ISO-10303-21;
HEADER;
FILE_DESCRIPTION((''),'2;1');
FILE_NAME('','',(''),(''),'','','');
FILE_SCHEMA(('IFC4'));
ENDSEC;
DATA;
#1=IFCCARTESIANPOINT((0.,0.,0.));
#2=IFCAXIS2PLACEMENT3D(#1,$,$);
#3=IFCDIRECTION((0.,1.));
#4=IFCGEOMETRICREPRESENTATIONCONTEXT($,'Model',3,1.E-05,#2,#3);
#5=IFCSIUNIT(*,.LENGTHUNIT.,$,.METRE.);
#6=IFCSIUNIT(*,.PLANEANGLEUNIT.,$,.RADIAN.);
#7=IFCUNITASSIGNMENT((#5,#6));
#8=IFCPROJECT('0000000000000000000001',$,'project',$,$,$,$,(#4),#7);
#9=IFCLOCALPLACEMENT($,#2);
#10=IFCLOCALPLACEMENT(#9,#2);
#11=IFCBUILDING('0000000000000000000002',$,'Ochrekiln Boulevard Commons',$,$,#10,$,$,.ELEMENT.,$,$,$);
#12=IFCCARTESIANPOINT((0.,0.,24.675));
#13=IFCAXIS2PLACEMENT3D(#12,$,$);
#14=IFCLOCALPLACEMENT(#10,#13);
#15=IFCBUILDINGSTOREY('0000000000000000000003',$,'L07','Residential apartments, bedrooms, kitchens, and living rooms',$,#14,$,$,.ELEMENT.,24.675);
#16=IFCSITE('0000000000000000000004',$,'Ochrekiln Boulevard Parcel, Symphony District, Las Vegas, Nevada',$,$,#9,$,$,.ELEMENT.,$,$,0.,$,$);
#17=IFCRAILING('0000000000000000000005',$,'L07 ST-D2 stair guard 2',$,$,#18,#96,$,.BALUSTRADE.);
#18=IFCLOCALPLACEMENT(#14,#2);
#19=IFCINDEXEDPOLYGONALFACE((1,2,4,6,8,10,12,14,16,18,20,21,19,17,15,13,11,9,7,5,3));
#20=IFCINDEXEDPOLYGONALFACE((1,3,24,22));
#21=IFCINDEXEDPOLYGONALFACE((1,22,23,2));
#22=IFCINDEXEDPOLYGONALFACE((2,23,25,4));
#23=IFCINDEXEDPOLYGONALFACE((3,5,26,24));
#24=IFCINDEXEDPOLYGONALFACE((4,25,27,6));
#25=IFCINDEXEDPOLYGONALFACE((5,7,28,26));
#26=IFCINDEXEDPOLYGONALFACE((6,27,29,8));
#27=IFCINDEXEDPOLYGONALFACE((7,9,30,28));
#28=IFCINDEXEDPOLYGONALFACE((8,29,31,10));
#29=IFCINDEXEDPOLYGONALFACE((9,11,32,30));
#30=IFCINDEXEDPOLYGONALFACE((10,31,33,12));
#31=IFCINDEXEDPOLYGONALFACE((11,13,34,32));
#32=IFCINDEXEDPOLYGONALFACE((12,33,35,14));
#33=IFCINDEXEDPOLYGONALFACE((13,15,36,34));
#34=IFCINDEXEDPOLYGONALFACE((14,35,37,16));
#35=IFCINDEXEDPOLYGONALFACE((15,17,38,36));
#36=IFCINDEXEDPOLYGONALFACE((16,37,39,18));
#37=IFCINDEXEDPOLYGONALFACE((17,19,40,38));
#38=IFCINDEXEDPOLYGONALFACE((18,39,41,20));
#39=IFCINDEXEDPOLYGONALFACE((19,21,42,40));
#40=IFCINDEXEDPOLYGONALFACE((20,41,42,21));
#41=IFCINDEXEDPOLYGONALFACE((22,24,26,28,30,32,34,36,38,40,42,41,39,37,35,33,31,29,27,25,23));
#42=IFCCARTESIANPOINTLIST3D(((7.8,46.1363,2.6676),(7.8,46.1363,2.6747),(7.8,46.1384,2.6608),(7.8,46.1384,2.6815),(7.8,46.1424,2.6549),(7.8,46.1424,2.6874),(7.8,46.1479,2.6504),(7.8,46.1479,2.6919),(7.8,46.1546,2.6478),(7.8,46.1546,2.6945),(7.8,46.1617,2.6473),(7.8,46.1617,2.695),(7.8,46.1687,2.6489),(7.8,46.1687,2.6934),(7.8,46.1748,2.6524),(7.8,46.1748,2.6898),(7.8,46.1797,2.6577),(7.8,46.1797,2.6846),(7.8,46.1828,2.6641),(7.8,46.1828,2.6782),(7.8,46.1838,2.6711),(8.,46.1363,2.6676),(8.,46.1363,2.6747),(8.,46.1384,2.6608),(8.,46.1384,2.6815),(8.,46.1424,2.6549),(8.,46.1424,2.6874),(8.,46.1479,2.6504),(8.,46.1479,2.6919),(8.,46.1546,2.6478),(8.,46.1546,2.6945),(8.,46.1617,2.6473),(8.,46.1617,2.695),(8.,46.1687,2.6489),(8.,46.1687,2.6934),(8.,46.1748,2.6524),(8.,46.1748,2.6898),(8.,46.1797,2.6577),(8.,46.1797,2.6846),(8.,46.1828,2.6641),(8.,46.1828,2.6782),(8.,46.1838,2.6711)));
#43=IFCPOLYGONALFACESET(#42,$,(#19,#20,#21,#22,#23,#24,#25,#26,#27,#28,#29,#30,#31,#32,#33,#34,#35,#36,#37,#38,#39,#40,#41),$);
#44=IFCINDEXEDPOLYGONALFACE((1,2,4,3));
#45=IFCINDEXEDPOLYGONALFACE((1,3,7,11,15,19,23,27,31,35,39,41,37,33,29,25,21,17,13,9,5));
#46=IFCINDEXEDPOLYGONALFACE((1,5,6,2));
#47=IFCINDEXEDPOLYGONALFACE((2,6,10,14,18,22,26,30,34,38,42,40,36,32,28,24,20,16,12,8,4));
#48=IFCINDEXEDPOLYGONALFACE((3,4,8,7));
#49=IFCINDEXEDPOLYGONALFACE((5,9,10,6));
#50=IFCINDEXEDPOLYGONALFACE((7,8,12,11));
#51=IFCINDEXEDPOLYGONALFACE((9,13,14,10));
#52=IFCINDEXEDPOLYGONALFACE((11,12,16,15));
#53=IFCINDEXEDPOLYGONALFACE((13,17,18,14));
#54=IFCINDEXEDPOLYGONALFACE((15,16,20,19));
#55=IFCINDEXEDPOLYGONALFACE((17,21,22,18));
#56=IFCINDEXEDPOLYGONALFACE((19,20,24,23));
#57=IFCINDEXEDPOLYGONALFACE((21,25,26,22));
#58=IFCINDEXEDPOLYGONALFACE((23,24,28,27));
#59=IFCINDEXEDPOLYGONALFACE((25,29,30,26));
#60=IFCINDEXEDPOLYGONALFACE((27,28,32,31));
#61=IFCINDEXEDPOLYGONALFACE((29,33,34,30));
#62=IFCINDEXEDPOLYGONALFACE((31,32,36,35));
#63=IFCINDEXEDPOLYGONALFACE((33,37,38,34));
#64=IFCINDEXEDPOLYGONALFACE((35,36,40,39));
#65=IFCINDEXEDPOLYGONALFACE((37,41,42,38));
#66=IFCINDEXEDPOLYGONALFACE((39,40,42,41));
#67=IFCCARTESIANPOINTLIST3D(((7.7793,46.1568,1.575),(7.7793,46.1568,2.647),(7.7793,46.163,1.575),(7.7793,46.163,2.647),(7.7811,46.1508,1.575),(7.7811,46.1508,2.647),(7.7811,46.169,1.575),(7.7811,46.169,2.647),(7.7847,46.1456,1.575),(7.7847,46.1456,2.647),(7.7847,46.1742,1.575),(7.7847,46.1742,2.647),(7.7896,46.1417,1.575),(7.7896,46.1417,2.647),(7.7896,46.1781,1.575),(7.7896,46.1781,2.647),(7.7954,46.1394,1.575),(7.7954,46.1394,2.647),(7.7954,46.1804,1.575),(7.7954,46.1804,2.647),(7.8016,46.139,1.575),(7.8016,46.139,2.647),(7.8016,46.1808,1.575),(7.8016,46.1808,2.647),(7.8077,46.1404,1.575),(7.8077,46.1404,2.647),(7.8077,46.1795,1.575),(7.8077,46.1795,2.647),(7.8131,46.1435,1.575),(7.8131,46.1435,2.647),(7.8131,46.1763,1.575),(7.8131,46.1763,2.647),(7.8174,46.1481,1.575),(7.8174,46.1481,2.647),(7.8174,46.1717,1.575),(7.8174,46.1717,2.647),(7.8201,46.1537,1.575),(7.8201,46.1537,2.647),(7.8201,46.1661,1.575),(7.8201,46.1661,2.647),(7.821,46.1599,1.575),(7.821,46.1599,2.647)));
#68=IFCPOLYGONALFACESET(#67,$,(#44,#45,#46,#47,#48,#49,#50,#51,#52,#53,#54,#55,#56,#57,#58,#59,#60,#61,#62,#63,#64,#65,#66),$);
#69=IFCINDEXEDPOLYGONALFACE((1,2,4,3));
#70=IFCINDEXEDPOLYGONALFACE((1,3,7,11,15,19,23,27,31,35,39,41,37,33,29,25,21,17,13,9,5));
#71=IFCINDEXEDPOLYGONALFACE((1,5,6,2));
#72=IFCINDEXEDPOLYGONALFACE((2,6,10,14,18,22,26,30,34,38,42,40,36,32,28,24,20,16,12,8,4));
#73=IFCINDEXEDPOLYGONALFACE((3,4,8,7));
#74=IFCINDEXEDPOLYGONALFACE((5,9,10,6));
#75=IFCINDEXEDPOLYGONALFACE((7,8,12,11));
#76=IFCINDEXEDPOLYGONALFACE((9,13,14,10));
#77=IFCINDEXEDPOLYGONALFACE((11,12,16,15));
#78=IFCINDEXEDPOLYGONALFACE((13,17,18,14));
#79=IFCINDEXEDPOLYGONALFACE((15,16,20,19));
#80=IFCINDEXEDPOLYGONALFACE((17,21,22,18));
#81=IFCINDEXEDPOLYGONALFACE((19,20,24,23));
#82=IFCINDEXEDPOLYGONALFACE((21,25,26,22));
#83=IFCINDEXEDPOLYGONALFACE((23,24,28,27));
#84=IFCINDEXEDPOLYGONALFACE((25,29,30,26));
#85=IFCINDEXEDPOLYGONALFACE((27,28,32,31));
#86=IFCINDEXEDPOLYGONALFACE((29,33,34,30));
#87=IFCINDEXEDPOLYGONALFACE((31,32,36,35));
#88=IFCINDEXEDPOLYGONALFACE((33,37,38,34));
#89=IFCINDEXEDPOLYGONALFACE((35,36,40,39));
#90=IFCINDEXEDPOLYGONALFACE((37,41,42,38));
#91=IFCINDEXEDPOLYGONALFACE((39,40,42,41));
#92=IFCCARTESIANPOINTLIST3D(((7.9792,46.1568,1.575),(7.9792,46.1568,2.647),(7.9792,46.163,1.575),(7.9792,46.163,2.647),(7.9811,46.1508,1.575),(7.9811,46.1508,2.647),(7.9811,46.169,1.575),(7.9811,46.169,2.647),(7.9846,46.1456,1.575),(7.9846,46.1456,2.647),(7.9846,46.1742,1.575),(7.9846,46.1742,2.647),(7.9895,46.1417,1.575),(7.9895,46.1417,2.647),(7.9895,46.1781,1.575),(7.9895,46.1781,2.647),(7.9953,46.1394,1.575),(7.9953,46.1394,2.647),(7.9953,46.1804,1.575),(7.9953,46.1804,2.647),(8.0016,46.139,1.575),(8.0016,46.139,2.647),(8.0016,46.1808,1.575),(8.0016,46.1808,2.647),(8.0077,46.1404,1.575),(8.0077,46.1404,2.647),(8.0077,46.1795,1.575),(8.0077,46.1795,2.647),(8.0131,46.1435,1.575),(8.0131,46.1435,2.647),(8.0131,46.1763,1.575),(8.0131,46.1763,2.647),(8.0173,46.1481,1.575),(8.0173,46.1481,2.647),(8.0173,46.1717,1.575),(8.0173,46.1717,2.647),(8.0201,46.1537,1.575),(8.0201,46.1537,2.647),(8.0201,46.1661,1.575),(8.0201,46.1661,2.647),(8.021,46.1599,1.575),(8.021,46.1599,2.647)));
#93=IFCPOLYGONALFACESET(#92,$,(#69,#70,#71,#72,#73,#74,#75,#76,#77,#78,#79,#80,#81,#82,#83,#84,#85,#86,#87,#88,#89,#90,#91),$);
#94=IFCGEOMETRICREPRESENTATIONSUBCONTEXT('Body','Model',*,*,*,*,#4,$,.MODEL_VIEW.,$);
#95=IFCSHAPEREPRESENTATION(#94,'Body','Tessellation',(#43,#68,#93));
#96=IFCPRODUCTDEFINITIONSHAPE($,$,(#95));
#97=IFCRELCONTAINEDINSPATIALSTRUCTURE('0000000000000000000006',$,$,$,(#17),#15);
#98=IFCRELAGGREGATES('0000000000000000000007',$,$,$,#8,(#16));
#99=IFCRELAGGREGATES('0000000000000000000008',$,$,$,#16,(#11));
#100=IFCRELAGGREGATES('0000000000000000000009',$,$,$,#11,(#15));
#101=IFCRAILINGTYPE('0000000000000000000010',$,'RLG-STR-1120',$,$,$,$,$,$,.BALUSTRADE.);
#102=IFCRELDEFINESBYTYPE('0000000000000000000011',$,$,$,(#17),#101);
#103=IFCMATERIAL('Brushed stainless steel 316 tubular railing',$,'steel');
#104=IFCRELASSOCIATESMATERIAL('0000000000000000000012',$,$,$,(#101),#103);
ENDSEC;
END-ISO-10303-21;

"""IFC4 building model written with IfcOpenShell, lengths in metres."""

from ifc_helpers import new_model, si_unit, direction, frame, origin, origin_2d, place, context, subcontext, project, spatial, circle, extrude, material, type_object, element, save


model = new_model("IFC4")

# Units and contexts
model_context = context("Model", 3, precision=1e-05, world=origin(), true_north=direction((0.0, 1.0)))
body_context = subcontext(model_context, "Body", "Model", "MODEL_VIEW")
ifc_project = project(units=[si_unit("LENGTHUNIT", "METRE"), si_unit("PLANEANGLEUNIT", "RADIAN")], contexts=[model_context])

# Site, building, storey
site_placement = place(None, origin())
site = spatial("IfcSite", under=ifc_project, at=site_placement, Name="Ochrekiln Boulevard Parcel, Symphony District, Las Vegas, Nevada", CompositionType="ELEMENT", RefElevation=0.0)
building_placement = place(site_placement, origin())
building = spatial("IfcBuilding", under=site, at=building_placement, Name="Ochrekiln Boulevard Commons", CompositionType="ELEMENT")
storey_placement = place(building_placement, frame((0.0, 0.0, 24.675)))
storey = spatial("IfcBuildingStorey", under=building, at=storey_placement, Name="L07", Description="Residential apartments, bedrooms, kitchens, and living rooms", CompositionType="ELEMENT", Elevation=24.675)

# Railing
ifc_material_1 = material(Name="Brushed stainless steel 316 tubular railing", Category="steel")
railing_type_1 = type_object("IfcRailingType", Name="RLG-STR-1120", PredefinedType="BALUSTRADE", material=ifc_material_1)
railing_1_placement = place(storey_placement, frame((7.8, 46.1599, 1.575)))
element("IfcRailing", 1, at=railing_1_placement, inside=storey, type_object=railing_type_1, Name="L07 ST-D2 stair guard 2", PredefinedType="BALUSTRADE", context=body_context, shape_type="SweptSolid", body=[
    extrude(circle(Radius=0.0239, at=origin_2d()), frame((0.0, 0.0, 1.0962), z_axis=(1.0, 0.0, 0.0), x_axis=(0.0, 1.0, 0.0)), (0.0, 0.0, 1.0), 0.2),
    extrude(circle(Radius=0.021, at=origin_2d()), origin(), (0.0, 0.0, 1.0), 1.072),
    extrude(circle(Radius=0.021, at=origin_2d()), frame((0.2, 0.0, 0.0)), (0.0, 0.0, 1.0), 1.072),
])

save(model, "model.ifc")
